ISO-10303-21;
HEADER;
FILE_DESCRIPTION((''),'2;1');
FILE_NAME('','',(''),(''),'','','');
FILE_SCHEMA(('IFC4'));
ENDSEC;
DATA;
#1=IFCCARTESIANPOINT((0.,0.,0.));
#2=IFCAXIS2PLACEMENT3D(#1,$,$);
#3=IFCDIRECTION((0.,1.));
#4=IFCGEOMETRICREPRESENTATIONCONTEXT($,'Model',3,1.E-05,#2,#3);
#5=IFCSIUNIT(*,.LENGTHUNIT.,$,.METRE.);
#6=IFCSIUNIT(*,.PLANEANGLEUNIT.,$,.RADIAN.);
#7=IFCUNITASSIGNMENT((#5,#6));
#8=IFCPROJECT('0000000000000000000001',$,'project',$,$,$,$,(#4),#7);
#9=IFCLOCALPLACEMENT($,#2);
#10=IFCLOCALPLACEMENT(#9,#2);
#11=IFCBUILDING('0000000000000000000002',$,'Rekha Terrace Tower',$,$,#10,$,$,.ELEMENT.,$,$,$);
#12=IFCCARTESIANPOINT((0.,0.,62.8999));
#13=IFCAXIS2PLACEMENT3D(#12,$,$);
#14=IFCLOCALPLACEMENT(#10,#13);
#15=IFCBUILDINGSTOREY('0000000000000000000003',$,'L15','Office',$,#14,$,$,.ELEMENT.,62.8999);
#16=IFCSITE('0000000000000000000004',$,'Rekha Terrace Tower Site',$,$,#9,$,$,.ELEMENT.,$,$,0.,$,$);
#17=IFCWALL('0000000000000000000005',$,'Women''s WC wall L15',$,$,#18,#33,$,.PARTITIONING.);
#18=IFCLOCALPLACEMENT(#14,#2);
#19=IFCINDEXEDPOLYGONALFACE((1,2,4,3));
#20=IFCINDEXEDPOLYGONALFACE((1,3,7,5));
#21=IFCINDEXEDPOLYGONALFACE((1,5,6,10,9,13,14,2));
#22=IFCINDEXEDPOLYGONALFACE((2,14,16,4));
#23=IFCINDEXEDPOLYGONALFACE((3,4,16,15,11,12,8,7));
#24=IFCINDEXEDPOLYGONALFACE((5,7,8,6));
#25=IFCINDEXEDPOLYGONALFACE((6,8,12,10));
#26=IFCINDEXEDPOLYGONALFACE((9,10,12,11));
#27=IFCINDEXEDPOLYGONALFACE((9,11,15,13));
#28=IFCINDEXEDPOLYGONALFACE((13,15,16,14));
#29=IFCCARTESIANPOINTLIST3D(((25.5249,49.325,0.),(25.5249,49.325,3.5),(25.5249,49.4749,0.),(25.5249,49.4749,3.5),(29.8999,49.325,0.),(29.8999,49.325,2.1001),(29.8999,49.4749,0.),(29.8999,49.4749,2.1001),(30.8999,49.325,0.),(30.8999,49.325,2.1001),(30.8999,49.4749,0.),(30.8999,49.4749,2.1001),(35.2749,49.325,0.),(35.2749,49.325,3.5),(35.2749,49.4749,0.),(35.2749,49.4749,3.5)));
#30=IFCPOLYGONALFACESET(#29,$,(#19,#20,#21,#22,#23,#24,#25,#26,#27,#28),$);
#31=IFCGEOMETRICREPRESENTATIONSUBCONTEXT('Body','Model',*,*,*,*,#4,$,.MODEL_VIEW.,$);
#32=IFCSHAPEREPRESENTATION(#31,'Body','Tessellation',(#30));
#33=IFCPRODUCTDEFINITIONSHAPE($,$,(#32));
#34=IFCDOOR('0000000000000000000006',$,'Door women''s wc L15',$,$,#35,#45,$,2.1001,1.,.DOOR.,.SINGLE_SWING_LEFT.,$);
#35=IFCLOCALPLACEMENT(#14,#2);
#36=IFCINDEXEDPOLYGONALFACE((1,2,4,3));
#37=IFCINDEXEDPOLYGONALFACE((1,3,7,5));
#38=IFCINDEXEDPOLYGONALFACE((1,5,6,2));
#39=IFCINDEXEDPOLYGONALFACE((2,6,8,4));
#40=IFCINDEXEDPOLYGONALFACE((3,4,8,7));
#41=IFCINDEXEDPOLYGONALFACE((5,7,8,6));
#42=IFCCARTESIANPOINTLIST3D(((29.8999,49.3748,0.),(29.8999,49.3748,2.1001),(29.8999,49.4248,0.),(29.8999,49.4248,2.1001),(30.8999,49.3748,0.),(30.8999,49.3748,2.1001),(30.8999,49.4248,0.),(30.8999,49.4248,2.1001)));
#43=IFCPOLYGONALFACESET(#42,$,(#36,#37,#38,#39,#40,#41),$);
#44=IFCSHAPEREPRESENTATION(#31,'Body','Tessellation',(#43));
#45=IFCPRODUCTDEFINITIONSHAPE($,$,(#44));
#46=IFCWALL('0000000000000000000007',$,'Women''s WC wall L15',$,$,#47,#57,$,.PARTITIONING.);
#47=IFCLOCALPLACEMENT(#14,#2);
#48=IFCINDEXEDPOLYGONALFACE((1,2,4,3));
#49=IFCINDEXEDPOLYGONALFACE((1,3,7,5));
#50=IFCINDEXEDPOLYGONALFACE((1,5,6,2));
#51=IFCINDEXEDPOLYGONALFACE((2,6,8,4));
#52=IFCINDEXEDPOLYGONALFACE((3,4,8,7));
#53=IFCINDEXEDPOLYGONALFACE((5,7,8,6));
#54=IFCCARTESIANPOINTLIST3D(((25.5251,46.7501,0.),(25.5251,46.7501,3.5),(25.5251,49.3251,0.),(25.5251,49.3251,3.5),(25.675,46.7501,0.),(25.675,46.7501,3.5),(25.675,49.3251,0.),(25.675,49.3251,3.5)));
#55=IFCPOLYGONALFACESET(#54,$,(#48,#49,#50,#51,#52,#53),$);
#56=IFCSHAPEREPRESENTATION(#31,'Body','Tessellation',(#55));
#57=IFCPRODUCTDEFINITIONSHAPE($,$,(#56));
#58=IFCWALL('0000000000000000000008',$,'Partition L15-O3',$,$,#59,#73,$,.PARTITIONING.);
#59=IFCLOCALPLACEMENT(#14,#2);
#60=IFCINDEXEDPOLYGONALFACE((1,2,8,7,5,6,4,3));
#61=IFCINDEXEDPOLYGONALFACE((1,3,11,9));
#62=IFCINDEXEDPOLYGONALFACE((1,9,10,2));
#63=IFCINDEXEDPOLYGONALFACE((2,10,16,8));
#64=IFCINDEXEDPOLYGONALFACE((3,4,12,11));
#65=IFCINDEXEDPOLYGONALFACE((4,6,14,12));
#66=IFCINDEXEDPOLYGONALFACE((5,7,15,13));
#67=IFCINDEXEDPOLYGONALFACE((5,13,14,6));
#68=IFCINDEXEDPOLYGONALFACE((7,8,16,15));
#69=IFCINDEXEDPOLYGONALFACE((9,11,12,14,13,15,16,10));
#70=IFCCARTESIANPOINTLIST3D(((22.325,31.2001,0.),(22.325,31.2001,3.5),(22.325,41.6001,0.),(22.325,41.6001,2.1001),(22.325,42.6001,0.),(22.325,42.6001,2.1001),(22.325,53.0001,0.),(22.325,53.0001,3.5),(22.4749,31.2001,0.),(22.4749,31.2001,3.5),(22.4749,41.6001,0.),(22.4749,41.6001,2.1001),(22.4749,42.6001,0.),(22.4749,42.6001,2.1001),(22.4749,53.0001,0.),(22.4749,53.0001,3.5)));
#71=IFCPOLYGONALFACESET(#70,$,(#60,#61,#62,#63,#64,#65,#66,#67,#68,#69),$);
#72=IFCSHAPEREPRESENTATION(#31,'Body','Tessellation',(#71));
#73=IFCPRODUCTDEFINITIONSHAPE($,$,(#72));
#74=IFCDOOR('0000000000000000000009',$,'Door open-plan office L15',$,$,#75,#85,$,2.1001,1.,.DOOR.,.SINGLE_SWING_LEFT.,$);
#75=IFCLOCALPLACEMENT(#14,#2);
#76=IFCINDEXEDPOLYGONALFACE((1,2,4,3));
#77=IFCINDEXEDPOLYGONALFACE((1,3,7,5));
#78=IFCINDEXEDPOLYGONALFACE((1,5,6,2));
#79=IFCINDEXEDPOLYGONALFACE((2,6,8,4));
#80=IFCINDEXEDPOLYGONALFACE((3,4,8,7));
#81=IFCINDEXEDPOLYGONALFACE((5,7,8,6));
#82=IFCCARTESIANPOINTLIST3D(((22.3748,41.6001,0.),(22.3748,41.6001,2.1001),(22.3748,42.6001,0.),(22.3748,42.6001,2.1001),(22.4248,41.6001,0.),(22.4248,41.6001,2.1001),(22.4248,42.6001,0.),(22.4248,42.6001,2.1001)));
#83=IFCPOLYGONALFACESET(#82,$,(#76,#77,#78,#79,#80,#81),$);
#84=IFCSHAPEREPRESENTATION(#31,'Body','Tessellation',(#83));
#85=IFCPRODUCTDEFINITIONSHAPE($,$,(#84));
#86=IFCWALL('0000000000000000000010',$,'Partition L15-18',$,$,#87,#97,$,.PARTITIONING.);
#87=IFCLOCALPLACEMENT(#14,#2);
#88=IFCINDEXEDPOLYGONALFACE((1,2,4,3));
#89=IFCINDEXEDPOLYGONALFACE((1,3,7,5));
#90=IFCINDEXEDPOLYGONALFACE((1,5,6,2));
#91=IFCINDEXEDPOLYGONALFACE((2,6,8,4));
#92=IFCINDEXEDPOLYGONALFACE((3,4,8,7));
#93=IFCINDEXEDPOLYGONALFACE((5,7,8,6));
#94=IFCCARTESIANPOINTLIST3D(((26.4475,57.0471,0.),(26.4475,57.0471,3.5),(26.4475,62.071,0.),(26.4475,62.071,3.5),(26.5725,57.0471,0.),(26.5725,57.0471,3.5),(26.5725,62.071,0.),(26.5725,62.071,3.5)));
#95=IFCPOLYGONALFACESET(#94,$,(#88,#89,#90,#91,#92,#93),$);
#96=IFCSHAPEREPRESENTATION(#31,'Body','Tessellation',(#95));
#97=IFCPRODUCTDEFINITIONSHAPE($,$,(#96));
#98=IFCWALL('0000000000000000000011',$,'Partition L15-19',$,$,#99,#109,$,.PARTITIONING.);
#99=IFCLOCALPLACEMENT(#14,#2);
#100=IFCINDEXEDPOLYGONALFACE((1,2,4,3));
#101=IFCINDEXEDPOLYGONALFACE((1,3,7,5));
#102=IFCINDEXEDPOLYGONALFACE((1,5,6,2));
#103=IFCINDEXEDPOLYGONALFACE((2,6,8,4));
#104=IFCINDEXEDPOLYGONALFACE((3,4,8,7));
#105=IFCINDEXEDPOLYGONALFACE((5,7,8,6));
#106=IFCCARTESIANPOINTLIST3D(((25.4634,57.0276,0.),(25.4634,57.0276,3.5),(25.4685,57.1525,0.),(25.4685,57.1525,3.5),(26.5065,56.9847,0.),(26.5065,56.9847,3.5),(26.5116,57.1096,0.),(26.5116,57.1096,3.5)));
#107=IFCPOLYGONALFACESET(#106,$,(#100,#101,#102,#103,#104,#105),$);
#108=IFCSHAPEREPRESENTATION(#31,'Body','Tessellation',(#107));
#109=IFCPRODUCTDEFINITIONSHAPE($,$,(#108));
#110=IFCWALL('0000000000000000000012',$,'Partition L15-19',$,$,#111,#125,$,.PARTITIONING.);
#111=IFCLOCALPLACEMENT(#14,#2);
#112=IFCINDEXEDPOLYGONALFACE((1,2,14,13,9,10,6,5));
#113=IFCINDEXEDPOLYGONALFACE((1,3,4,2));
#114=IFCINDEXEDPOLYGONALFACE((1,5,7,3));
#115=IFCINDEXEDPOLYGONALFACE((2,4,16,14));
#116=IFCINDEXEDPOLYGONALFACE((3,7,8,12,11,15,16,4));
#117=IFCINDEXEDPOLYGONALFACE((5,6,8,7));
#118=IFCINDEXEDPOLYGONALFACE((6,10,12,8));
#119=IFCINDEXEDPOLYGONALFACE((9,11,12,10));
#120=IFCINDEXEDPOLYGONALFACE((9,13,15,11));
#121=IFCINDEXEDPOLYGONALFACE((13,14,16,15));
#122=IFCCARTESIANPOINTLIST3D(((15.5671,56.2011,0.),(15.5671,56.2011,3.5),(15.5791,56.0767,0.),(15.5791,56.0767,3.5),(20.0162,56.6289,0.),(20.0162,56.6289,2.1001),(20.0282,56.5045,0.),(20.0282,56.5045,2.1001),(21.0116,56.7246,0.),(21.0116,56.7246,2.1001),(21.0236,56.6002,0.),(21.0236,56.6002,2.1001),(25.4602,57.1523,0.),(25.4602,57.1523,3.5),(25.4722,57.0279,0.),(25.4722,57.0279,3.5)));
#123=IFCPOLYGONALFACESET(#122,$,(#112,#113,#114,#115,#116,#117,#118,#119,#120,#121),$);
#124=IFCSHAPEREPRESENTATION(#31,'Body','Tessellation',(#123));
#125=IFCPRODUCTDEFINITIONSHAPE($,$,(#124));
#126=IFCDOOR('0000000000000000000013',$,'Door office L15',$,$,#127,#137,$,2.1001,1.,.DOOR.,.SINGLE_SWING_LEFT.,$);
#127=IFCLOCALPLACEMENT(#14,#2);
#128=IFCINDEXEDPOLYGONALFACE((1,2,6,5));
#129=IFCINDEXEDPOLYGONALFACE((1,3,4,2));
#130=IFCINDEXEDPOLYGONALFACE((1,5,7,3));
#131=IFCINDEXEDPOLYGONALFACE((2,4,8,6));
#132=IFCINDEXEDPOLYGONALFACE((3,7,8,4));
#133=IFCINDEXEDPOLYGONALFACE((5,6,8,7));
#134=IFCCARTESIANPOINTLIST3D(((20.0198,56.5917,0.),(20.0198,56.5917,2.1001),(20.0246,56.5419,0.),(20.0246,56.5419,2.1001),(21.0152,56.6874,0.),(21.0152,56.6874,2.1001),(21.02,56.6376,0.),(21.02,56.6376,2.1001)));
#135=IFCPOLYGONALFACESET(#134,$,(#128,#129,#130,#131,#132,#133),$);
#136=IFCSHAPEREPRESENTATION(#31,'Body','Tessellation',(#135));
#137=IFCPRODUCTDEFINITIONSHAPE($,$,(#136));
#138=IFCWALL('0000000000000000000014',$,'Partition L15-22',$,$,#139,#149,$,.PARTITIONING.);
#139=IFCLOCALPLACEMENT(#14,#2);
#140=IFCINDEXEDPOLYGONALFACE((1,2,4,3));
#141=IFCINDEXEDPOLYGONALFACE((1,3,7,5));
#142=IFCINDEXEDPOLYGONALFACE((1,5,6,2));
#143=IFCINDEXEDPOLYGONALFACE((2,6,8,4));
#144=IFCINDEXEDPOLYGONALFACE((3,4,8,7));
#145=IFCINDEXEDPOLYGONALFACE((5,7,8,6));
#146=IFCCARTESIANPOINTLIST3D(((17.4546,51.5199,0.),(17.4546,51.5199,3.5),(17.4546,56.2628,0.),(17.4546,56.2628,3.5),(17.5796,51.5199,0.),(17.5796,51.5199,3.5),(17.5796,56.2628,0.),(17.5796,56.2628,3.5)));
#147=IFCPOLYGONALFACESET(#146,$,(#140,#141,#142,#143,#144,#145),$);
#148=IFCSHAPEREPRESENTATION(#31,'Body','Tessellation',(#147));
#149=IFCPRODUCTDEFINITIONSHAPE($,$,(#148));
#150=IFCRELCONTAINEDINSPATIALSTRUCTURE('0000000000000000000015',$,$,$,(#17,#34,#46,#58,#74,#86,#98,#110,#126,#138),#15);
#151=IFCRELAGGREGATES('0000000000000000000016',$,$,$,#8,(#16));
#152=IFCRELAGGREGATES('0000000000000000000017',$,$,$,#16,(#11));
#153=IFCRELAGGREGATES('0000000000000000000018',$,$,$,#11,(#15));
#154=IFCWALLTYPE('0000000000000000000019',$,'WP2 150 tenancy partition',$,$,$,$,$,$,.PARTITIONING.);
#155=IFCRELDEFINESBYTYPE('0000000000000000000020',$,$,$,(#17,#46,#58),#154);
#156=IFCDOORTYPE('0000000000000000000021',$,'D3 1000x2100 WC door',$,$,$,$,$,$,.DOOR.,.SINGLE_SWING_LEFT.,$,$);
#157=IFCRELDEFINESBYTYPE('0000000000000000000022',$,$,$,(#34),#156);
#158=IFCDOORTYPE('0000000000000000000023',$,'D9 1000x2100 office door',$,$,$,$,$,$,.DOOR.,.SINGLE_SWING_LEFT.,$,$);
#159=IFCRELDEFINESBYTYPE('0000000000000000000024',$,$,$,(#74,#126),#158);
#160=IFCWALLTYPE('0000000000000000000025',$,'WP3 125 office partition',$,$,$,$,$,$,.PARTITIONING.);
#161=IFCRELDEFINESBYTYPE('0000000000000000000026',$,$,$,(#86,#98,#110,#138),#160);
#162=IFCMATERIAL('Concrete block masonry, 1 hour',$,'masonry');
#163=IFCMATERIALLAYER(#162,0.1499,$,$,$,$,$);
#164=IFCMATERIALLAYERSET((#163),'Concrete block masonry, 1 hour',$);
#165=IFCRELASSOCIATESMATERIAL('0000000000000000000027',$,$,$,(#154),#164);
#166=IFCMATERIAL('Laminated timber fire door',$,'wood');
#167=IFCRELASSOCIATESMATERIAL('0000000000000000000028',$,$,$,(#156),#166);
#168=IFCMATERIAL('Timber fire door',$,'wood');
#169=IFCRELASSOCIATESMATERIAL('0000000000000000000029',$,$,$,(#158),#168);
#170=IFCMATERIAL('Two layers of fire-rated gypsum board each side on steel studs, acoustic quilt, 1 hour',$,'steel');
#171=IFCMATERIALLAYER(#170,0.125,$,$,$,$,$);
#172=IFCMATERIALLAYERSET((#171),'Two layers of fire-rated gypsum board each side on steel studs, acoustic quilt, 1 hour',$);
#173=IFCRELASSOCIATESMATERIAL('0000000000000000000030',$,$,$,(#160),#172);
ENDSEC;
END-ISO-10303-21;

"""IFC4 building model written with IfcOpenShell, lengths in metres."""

from ifc_helpers import new_model, si_unit, direction, frame, frame_2d, origin, place, context, subcontext, project, spatial, rectangle, extrude, material, layer, layer_set, type_object, element, fill, save


model = new_model("IFC4")

# Units and contexts
model_context = context("Model", 3, precision=1e-05, world=origin(), true_north=direction((0.0, 1.0)))
body_context = subcontext(model_context, "Body", "Model", "MODEL_VIEW")
ifc_project = project(units=[si_unit("LENGTHUNIT", "METRE"), si_unit("PLANEANGLEUNIT", "RADIAN")], contexts=[model_context])

# Site, building, storey
site_placement = place(None, origin())
site = spatial("IfcSite", under=ifc_project, at=site_placement, Name="Rekha Terrace Tower Site", CompositionType="ELEMENT", RefElevation=0.0)
building_placement = place(site_placement, origin())
building = spatial("IfcBuilding", under=site, at=building_placement, Name="Rekha Terrace Tower", CompositionType="ELEMENT")
storey_placement = place(building_placement, frame((0.0, 0.0, 62.8999)))
storey = spatial("IfcBuildingStorey", under=building, at=storey_placement, Name="L15", Description="Office", CompositionType="ELEMENT", Elevation=62.8999)

# Wall, opening, door
ifc_material_1 = material(Name="Concrete block masonry, 1 hour", Category="masonry")
ifc_layer_1 = layer(ifc_material_1, 0.1499)
ifc_layer_set_1 = layer_set([ifc_layer_1], Name="Concrete block masonry, 1 hour")
wall_type_1 = type_object("IfcWallType", Name="WP2 150 tenancy partition", PredefinedType="PARTITIONING", material=ifc_layer_set_1)
wall_1_placement = place(storey_placement, frame((25.5249, 49.3999, 0.0), z_axis=(0.0, 0.0, 1.0), x_axis=(1.0, 0.0, 0.0)))
wall_1 = element("IfcWall", 1, at=wall_1_placement, inside=storey, type_object=wall_type_1, Name="Women's WC wall L15", PredefinedType="PARTITIONING", context=body_context, shape_type="SweptSolid", body=[
    extrude(rectangle(XDim=9.75, YDim=0.1499, at=frame_2d((4.875, 0.0))), origin(), (0.0, 0.0, 1.0), 3.5),
])
opening_1_placement = place(wall_1_placement, frame((4.375, 0.0, 0.0)))
opening_1 = element("IfcOpeningElement", 2, at=opening_1_placement, cuts=wall_1, PredefinedType="OPENING", context=body_context, shape_type="SweptSolid", body=[
    extrude(rectangle(XDim=1.0, YDim=2.1001, at=frame_2d((0.5, 1.05))), frame((0.0, 0.085, 0.0), z_axis=(0.0, -1.0, 0.0), x_axis=(1.0, 0.0, 0.0)), (0.0, 0.0, 1.0), 0.1699),
])
ifc_material_2 = material(Name="Laminated timber fire door", Category="wood")
door_type_1 = type_object("IfcDoorType", Name="D3 1000x2100 WC door", OperationType="SINGLE_SWING_LEFT", PredefinedType="DOOR", material=ifc_material_2)
door_1_placement = place(opening_1_placement, origin())
door_1 = element("IfcDoor", 3, at=door_1_placement, inside=storey, type_object=door_type_1, Name="Door women's wc L15", OperationType="SINGLE_SWING_LEFT", OverallHeight=2.1001, OverallWidth=1.0, PredefinedType="DOOR", context=body_context, shape_type="SweptSolid", body=[
    extrude(rectangle(XDim=1.0, YDim=2.1001, at=frame_2d((0.5, 1.05))), frame((0.0, 0.0249, 0.0), z_axis=(0.0, -1.0, 0.0), x_axis=(1.0, 0.0, 0.0)), (0.0, 0.0, 1.0), 0.05),
])
fill(opening_1, door_1)

# Wall
wall_2_placement = place(storey_placement, frame((25.6001, 46.75, 0.0), z_axis=(0.0, 0.0, 1.0), x_axis=(0.0, 1.0, 0.0)))
element("IfcWall", 4, at=wall_2_placement, inside=storey, type_object=wall_type_1, Name="Women's WC wall L15", PredefinedType="PARTITIONING", context=body_context, shape_type="SweptSolid", body=[
    extrude(rectangle(XDim=2.575, YDim=0.1499, at=frame_2d((1.2876, 0.0))), origin(), (0.0, 0.0, 1.0), 3.5),
])

# Wall, opening, door
wall_3_placement = place(storey_placement, frame((22.3999, 53.0, 0.0), z_axis=(0.0, 0.0, 1.0), x_axis=(0.0, -1.0, 0.0)))
wall_3 = element("IfcWall", 5, at=wall_3_placement, inside=storey, type_object=wall_type_1, Name="Partition L15-O3", PredefinedType="PARTITIONING", context=body_context, shape_type="SweptSolid", body=[
    extrude(rectangle(XDim=21.8, YDim=0.1499, at=frame_2d((10.8999, 0.0))), origin(), (0.0, 0.0, 1.0), 3.5),
])
opening_2_placement = place(wall_3_placement, frame((10.3999, 0.0, 0.0)))
opening_2 = element("IfcOpeningElement", 6, at=opening_2_placement, cuts=wall_3, PredefinedType="OPENING", context=body_context, shape_type="SweptSolid", body=[
    extrude(rectangle(XDim=1.0, YDim=2.1001, at=frame_2d((0.5, 1.05))), frame((0.0, 0.085, 0.0), z_axis=(0.0, -1.0, 0.0), x_axis=(1.0, 0.0, 0.0)), (0.0, 0.0, 1.0), 0.1699),
])
ifc_material_3 = material(Name="Timber fire door", Category="wood")
door_type_2 = type_object("IfcDoorType", Name="D9 1000x2100 office door", OperationType="SINGLE_SWING_LEFT", PredefinedType="DOOR", material=ifc_material_3)
door_2_placement = place(opening_2_placement, origin())
door_2 = element("IfcDoor", 7, at=door_2_placement, inside=storey, type_object=door_type_2, Name="Door open-plan office L15", OperationType="SINGLE_SWING_LEFT", OverallHeight=2.1001, OverallWidth=1.0, PredefinedType="DOOR", context=body_context, shape_type="SweptSolid", body=[
    extrude(rectangle(XDim=1.0, YDim=2.1001, at=frame_2d((0.5, 1.05))), frame((0.0, 0.0249, 0.0), z_axis=(0.0, -1.0, 0.0), x_axis=(1.0, 0.0, 0.0)), (0.0, 0.0, 1.0), 0.05),
])
fill(opening_2, door_2)

# Walls
ifc_material_4 = material(Name="Two layers of fire-rated gypsum board each side on steel studs, acoustic quilt, 1 hour", Category="steel")
ifc_layer_2 = layer(ifc_material_4, 0.125)
ifc_layer_set_2 = layer_set([ifc_layer_2], Name="Two layers of fire-rated gypsum board each side on steel studs, acoustic quilt, 1 hour")
wall_type_2 = type_object("IfcWallType", Name="WP3 125 office partition", PredefinedType="PARTITIONING", material=ifc_layer_set_2)
wall_4_placement = place(storey_placement, frame((26.51, 57.0471, 0.0), z_axis=(0.0, 0.0, 1.0), x_axis=(0.0, 1.0, 0.0)))
element("IfcWall", 8, at=wall_4_placement, inside=storey, type_object=wall_type_2, Name="Partition L15-18", PredefinedType="PARTITIONING", context=body_context, shape_type="SweptSolid", body=[
    extrude(rectangle(XDim=5.0239, YDim=0.125, at=frame_2d((2.512, 0.0))), origin(), (0.0, 0.0, 1.0), 3.5),
])
wall_5_placement = place(storey_placement, frame((26.509, 57.0471, 0.0), z_axis=(0.0, 0.0, 1.0), x_axis=(-0.999152, 0.041164, 0.0)))
element("IfcWall", 9, at=wall_5_placement, inside=storey, type_object=wall_type_2, Name="Partition L15-19", PredefinedType="PARTITIONING", context=body_context, shape_type="SweptSolid", body=[
    extrude(rectangle(XDim=1.0439, YDim=0.125, at=frame_2d((0.522, 0.0))), origin(), (0.0, 0.0, 1.0), 3.5),
])

# Wall, opening, door
wall_6_placement = place(storey_placement, frame((25.4661, 57.0901, 0.0), z_axis=(0.0, 0.0, 1.0), x_axis=(-0.99541, -0.095704, 0.0)))
wall_6 = element("IfcWall", 10, at=wall_6_placement, inside=storey, type_object=wall_type_2, Name="Partition L15-19", PredefinedType="PARTITIONING", context=body_context, shape_type="SweptSolid", body=[
    extrude(rectangle(XDim=9.9387, YDim=0.125, at=frame_2d((4.9692, 0.0))), origin(), (0.0, 0.0, 1.0), 3.5),
])
opening_3_placement = place(wall_6_placement, frame((4.469, 0.0, 0.0)))
opening_3 = element("IfcOpeningElement", 11, at=opening_3_placement, cuts=wall_6, PredefinedType="OPENING", context=body_context, shape_type="SweptSolid", body=[
    extrude(rectangle(XDim=1.0, YDim=2.1001, at=frame_2d((0.5, 1.05))), frame((0.0, 0.0725, 0.0), z_axis=(0.0, -1.0, 0.0), x_axis=(1.0, 0.0, 0.0)), (0.0, 0.0, 1.0), 0.145),
])
door_3_placement = place(opening_3_placement, origin())
door_3 = element("IfcDoor", 12, at=door_3_placement, inside=storey, type_object=door_type_2, Name="Door office L15", OperationType="SINGLE_SWING_LEFT", OverallHeight=2.1001, OverallWidth=1.0, PredefinedType="DOOR", context=body_context, shape_type="SweptSolid", body=[
    extrude(rectangle(XDim=1.0, YDim=2.1001, at=frame_2d((0.5, 1.05))), frame((0.0, 0.0249, 0.0), z_axis=(0.0, -1.0, 0.0), x_axis=(1.0, 0.0, 0.0)), (0.0, 0.0, 1.0), 0.05),
])
fill(opening_3, door_3)

# Wall
wall_7_placement = place(storey_placement, frame((17.5171, 56.2629, 0.0), z_axis=(0.0, 0.0, 1.0), x_axis=(0.0, -1.0, 0.0)))
element("IfcWall", 13, at=wall_7_placement, inside=storey, type_object=wall_type_2, Name="Partition L15-22", PredefinedType="PARTITIONING", context=body_context, shape_type="SweptSolid", body=[
    extrude(rectangle(XDim=4.7429, YDim=0.125, at=frame_2d((2.3716, 0.0))), origin(), (0.0, 0.0, 1.0), 3.5),
])

save(model, "model.ifc")
